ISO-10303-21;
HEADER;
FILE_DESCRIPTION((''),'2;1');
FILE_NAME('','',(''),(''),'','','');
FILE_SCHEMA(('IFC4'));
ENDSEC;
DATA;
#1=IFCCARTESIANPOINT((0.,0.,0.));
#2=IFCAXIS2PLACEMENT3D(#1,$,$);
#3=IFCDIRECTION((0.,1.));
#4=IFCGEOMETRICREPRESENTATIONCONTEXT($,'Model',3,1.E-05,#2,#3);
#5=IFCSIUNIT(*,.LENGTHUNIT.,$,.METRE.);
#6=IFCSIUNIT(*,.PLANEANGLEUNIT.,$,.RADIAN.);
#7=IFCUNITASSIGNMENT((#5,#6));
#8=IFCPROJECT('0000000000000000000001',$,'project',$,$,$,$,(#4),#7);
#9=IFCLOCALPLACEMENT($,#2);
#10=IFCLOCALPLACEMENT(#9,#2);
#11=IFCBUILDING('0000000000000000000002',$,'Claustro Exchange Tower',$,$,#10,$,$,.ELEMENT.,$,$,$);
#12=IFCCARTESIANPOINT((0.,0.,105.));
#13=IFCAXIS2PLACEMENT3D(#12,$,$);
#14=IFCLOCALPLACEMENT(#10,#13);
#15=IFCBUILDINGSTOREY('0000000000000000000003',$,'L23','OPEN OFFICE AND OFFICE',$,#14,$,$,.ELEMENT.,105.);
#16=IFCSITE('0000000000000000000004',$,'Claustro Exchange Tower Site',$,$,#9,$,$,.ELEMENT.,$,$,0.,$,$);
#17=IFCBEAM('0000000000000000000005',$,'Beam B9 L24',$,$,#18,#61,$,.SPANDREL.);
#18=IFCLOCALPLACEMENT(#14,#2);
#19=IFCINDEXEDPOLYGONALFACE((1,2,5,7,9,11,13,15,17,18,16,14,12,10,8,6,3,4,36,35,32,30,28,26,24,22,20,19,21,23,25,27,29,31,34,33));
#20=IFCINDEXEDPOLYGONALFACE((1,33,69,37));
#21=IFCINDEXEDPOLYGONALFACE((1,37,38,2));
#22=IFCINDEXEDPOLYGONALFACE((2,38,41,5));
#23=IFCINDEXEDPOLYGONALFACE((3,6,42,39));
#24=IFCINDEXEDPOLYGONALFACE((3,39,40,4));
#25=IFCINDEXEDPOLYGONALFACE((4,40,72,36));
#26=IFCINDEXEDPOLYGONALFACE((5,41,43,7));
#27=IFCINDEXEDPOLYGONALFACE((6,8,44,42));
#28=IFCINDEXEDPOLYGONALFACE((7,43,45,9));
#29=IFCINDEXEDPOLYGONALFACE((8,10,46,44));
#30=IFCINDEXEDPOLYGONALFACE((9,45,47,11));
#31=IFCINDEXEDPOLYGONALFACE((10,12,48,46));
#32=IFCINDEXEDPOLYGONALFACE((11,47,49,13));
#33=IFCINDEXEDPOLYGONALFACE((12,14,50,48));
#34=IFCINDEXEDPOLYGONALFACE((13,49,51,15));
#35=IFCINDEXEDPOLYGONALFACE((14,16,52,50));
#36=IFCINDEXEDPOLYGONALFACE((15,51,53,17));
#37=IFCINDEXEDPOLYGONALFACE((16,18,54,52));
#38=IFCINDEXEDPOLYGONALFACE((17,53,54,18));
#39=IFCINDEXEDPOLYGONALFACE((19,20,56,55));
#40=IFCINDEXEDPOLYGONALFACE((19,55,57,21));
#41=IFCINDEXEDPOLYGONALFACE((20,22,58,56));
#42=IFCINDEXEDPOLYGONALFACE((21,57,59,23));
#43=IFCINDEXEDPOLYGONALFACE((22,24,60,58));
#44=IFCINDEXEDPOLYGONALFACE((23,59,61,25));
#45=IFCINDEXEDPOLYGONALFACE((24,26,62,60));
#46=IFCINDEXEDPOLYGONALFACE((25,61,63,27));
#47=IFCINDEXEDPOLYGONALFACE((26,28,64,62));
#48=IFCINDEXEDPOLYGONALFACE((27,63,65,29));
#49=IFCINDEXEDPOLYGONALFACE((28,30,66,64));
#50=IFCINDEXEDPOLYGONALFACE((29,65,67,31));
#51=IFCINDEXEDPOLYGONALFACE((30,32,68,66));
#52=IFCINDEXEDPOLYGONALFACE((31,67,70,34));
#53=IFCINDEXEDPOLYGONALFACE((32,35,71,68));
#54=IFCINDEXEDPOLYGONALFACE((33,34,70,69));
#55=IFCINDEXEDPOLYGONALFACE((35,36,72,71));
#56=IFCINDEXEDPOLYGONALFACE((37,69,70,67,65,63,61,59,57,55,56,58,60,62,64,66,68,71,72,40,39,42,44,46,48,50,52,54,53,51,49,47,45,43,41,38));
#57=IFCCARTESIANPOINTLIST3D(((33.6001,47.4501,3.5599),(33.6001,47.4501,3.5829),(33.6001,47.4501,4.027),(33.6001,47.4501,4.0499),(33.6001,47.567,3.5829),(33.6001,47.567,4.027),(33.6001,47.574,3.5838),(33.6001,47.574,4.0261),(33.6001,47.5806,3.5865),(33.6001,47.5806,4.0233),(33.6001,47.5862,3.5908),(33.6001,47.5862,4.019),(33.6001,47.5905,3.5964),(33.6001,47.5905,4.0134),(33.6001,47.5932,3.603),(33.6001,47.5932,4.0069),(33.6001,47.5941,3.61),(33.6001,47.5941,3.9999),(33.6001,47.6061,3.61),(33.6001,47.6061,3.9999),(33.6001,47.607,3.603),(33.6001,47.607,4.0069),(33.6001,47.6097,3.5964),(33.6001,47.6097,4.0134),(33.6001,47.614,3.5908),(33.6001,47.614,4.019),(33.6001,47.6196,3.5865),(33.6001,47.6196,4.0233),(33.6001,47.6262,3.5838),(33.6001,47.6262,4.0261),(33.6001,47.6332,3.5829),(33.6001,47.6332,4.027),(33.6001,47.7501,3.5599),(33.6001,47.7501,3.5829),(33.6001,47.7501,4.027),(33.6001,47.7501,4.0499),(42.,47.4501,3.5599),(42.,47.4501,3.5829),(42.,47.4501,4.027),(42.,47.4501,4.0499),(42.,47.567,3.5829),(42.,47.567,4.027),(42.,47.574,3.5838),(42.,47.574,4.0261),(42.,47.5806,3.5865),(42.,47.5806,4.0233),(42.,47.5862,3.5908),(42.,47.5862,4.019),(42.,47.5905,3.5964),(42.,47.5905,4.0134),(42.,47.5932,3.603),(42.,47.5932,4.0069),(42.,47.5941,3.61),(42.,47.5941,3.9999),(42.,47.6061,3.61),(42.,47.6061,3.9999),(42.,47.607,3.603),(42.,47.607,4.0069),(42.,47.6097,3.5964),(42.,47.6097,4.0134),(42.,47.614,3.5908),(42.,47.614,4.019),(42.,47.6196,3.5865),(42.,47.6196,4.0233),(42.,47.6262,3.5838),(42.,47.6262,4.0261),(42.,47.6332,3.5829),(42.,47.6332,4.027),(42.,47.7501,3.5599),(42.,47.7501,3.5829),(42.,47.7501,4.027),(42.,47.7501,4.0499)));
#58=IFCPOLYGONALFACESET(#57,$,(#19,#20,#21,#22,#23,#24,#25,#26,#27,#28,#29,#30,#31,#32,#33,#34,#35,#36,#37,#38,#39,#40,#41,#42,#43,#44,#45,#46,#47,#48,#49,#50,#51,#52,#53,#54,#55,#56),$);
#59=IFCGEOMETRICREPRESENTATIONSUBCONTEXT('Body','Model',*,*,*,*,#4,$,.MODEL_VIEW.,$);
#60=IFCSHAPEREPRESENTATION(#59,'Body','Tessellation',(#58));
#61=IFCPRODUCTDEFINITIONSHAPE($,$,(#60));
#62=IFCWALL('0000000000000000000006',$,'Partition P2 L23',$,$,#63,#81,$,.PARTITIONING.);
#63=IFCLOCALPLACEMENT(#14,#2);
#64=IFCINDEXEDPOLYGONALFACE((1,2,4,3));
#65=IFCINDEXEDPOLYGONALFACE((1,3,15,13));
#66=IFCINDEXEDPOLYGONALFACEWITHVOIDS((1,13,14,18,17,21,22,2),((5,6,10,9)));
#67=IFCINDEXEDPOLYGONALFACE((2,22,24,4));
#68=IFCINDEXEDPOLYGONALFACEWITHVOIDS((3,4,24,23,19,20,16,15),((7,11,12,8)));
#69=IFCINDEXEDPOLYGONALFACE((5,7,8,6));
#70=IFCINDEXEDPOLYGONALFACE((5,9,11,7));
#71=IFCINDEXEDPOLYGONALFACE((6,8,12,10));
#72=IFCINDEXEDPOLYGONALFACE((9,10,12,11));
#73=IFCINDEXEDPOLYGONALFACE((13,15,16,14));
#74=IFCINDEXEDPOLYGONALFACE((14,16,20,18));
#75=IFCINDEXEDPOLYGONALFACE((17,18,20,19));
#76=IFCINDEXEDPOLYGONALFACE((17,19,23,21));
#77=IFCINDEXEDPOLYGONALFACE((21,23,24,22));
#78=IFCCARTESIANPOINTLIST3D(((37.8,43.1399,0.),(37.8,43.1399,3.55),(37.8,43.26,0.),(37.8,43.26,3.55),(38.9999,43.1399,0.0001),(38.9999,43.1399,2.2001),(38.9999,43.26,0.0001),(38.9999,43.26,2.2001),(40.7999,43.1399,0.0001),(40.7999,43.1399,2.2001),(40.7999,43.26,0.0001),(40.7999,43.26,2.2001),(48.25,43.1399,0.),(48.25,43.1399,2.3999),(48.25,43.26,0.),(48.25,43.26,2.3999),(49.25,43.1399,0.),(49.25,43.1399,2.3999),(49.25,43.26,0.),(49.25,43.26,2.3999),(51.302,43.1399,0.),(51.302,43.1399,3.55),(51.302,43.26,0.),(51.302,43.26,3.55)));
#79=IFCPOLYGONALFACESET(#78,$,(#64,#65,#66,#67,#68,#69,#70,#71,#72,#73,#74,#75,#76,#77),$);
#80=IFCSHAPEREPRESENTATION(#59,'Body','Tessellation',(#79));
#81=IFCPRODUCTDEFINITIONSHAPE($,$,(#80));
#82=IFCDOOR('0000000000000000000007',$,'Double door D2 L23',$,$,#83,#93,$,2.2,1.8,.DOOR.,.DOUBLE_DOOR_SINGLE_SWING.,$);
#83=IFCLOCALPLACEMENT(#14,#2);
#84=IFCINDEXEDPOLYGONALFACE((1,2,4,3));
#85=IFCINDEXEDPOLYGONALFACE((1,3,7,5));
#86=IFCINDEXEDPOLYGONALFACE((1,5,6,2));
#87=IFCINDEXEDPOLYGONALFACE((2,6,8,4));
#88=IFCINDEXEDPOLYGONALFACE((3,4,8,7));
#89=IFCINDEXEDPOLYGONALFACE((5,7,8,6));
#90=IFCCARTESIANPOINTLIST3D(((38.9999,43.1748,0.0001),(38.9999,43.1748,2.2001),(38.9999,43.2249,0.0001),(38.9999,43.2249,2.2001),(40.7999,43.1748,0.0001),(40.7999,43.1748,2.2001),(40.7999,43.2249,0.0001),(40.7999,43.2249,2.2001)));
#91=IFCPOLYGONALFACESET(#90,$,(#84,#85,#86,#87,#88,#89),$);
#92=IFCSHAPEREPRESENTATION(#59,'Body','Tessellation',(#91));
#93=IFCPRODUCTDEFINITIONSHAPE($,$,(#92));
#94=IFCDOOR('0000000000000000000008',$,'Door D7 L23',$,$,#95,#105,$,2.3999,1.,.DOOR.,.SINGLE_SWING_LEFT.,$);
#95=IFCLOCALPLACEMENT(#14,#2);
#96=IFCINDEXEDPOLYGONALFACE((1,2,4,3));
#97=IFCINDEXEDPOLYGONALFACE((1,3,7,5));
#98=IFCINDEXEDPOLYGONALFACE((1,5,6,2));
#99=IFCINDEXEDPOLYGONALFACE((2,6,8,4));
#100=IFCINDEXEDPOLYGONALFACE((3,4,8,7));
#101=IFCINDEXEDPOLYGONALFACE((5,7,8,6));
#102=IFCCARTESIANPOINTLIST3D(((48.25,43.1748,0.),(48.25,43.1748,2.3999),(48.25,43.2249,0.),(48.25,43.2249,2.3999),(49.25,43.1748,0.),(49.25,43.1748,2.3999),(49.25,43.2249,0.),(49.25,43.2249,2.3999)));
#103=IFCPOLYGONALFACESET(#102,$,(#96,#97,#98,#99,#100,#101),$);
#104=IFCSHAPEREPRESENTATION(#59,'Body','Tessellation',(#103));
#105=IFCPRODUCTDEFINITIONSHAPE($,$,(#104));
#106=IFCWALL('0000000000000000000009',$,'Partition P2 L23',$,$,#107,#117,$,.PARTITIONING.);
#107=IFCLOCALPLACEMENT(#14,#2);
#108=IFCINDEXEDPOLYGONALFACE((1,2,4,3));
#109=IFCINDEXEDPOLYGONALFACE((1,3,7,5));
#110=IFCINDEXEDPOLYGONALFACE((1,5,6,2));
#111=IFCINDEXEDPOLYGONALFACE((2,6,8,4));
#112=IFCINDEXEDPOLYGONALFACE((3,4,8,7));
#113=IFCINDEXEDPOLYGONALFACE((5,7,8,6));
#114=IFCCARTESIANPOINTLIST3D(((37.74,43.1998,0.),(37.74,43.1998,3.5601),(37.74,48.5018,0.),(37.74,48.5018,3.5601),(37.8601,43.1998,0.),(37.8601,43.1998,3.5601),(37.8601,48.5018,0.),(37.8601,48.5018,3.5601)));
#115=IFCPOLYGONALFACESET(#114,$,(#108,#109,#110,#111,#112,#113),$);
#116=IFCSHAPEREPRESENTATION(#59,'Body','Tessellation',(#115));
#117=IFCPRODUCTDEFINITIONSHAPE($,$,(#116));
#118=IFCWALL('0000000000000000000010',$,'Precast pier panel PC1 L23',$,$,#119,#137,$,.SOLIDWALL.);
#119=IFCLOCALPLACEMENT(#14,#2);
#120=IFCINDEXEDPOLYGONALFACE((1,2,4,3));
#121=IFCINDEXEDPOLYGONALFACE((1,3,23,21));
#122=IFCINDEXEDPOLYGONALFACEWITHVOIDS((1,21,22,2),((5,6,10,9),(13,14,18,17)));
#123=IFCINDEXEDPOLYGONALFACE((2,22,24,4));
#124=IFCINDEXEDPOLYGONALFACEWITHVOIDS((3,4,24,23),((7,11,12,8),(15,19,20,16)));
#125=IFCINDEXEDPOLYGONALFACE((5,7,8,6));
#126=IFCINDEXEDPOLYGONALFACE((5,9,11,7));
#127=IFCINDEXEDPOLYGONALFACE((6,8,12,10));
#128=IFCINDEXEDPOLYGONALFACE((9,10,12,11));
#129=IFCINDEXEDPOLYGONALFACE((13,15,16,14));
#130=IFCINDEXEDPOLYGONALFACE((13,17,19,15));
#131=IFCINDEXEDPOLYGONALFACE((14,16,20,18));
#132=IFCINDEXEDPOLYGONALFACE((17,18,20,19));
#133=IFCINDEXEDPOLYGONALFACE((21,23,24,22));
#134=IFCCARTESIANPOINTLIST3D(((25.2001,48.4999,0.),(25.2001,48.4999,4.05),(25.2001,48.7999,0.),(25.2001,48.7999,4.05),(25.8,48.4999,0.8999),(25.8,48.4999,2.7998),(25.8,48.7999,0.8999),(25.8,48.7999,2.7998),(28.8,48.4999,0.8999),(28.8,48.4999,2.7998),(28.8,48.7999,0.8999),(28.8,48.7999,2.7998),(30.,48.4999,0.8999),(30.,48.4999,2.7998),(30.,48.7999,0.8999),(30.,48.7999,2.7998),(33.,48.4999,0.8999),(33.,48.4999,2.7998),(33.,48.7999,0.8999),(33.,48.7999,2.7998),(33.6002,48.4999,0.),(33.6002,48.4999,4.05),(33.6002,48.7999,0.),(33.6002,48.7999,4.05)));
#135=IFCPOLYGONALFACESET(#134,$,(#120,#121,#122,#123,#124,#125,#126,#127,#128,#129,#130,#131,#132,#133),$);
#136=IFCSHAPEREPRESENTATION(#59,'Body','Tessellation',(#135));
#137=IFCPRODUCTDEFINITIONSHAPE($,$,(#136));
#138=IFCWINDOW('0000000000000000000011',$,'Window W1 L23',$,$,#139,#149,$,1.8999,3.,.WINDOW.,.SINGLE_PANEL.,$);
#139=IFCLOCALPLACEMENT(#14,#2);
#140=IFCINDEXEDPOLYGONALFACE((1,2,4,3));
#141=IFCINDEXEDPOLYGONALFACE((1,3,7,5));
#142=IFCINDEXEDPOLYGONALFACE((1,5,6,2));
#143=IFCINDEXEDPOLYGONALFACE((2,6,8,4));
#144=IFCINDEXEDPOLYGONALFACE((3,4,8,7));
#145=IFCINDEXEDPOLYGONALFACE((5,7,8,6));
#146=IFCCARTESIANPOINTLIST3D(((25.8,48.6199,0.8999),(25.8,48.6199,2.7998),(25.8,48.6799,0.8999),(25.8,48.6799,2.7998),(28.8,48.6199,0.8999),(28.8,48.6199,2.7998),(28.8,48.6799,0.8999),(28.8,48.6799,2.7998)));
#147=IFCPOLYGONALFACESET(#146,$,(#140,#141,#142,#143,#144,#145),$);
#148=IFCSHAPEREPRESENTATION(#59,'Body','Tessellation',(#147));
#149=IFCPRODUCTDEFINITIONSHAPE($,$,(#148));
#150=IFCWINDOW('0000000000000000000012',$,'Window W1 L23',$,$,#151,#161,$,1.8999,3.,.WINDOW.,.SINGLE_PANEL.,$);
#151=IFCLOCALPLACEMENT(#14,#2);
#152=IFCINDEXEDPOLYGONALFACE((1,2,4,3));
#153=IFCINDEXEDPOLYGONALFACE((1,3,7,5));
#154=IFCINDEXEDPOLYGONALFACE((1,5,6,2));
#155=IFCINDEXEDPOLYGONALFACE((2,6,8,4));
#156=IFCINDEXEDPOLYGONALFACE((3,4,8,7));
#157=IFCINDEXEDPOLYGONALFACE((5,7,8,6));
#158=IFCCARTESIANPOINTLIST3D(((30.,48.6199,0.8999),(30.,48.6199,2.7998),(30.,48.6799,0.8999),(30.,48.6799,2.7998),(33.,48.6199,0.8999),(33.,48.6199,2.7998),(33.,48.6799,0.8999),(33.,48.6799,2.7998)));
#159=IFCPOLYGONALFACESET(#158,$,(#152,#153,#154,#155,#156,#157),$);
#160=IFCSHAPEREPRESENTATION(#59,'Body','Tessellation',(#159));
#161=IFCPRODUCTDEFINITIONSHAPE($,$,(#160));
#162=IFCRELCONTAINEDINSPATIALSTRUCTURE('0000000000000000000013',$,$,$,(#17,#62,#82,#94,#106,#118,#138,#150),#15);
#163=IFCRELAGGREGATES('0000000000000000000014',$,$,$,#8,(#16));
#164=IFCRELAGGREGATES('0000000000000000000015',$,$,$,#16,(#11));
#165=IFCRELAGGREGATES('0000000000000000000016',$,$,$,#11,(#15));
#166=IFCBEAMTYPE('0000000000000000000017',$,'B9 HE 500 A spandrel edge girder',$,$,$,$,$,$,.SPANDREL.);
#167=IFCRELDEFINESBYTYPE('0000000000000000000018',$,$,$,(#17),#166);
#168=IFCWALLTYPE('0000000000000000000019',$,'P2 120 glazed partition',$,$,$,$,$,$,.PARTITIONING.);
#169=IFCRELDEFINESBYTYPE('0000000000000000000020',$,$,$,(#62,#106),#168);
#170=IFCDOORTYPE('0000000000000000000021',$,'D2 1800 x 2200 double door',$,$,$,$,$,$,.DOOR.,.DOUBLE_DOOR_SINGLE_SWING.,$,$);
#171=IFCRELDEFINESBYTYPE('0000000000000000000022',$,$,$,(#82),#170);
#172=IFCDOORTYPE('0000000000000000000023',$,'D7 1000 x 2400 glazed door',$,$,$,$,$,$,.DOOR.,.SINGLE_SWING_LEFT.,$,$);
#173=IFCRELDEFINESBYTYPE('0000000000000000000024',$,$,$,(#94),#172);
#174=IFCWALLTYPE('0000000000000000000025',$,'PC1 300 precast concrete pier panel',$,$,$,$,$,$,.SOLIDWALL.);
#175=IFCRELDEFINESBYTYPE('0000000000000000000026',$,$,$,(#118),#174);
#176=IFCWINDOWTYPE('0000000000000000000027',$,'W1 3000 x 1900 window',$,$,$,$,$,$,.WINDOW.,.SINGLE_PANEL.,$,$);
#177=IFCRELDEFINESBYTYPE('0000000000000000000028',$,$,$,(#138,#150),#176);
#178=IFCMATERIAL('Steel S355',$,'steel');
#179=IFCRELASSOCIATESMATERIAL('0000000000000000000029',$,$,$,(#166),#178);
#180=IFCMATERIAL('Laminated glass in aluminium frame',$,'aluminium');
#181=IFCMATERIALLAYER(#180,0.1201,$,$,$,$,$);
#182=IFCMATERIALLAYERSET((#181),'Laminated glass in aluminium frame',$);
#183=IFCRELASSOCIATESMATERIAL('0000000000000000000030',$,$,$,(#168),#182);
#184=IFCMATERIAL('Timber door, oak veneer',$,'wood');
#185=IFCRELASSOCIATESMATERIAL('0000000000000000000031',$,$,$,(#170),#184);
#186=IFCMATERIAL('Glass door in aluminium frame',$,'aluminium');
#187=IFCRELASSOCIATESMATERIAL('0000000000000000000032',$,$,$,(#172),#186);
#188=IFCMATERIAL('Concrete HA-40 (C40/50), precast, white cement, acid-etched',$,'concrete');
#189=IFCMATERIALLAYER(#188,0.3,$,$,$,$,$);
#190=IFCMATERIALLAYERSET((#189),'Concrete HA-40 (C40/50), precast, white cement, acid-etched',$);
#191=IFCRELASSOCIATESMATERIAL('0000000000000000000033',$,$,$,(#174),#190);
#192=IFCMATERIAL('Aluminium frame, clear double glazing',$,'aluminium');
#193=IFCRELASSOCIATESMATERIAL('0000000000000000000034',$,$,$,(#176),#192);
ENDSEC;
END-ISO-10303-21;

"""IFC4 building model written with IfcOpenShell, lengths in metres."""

from ifc_helpers import new_model, si_unit, direction, frame, frame_2d, origin, origin_2d, place, context, subcontext, project, spatial, rectangle, i_section, extrude, material, layer, layer_set, material_profile, profile_set, type_object, element, fill, save


model = new_model("IFC4")

# Units and contexts
model_context = context("Model", 3, precision=1e-05, world=origin(), true_north=direction((0.0, 1.0)))
body_context = subcontext(model_context, "Body", "Model", "MODEL_VIEW")
ifc_project = project(units=[si_unit("LENGTHUNIT", "METRE"), si_unit("PLANEANGLEUNIT", "RADIAN")], contexts=[model_context])

# Site, building, storey
site_placement = place(None, origin())
site = spatial("IfcSite", under=ifc_project, at=site_placement, Name="Claustro Exchange Tower Site", CompositionType="ELEMENT", RefElevation=0.0)
building_placement = place(site_placement, origin())
building = spatial("IfcBuilding", under=site, at=building_placement, Name="Claustro Exchange Tower", CompositionType="ELEMENT")
storey_placement = place(building_placement, frame((0.0, 0.0, 105.0)))
storey = spatial("IfcBuildingStorey", under=building, at=storey_placement, Name="L23", Description="OPEN OFFICE AND OFFICE", CompositionType="ELEMENT", Elevation=105.0)

# Beam
ifc_material_1 = material(Name="Steel S355", Category="steel")
ifc_material_profile_1 = material_profile(ifc_material_1, i_section(OverallWidth=0.3, OverallDepth=0.49, WebThickness=0.012, FlangeThickness=0.0229, FilletRadius=0.0271, at=origin_2d()), Name="HE 500 A")
ifc_profile_set_1 = profile_set([ifc_material_profile_1], Name="Steel S355")
beam_type_1 = type_object("IfcBeamType", Name="B9 HE 500 A spandrel edge girder", PredefinedType="SPANDREL", material=ifc_profile_set_1)
beam_1_placement = place(storey_placement, frame((33.6001, 47.6001, 3.8049), z_axis=(1.0, 0.0, 0.0), x_axis=(0.0, 1.0, 0.0)))
element("IfcBeam", 1, at=beam_1_placement, inside=storey, type_object=beam_type_1, Name="Beam B9 L24", PredefinedType="SPANDREL", context=body_context, shape_type="SweptSolid", body=[
    extrude(i_section(OverallWidth=0.3, OverallDepth=0.49, WebThickness=0.012, FlangeThickness=0.0229, FilletRadius=0.0271, at=origin_2d()), origin(), (0.0, 0.0, 1.0), 8.3999),
])

# Wall, openings, doors
ifc_material_2 = material(Name="Laminated glass in aluminium frame", Category="aluminium")
ifc_layer_1 = layer(ifc_material_2, 0.1201)
ifc_layer_set_1 = layer_set([ifc_layer_1], Name="Laminated glass in aluminium frame")
wall_type_1 = type_object("IfcWallType", Name="P2 120 glazed partition", PredefinedType="PARTITIONING", material=ifc_layer_set_1)
wall_1_placement = place(storey_placement, frame((37.8, 43.2, 0.0), z_axis=(0.0, 0.0, 1.0), x_axis=(1.0, 0.0, 0.0)))
wall_1 = element("IfcWall", 2, at=wall_1_placement, inside=storey, type_object=wall_type_1, Name="Partition P2 L23", PredefinedType="PARTITIONING", context=body_context, shape_type="SweptSolid", body=[
    extrude(rectangle(XDim=13.502, YDim=0.1201, at=frame_2d((6.751, 0.0))), origin(), (0.0, 0.0, 1.0), 3.55),
])
opening_1_placement = place(wall_1_placement, frame((1.2, 0.0, 0.0)))
opening_1 = element("IfcOpeningElement", 3, at=opening_1_placement, cuts=wall_1, PredefinedType="OPENING", context=body_context, shape_type="SweptSolid", body=[
    extrude(rectangle(XDim=1.8, YDim=2.2, at=frame_2d((0.8999, 1.1001))), frame((0.0, 0.0701, 0.0), z_axis=(0.0, -1.0, 0.0), x_axis=(1.0, 0.0, 0.0)), (0.0, 0.0, 1.0), 0.1401),
])
opening_2_placement = place(wall_1_placement, frame((10.45, 0.0, 0.0)))
opening_2 = element("IfcOpeningElement", 4, at=opening_2_placement, cuts=wall_1, PredefinedType="OPENING", context=body_context, shape_type="SweptSolid", body=[
    extrude(rectangle(XDim=1.0, YDim=2.3999, at=frame_2d((0.5, 1.2))), frame((0.0, 0.0701, 0.0), z_axis=(0.0, -1.0, 0.0), x_axis=(1.0, 0.0, 0.0)), (0.0, 0.0, 1.0), 0.1401),
])
ifc_material_3 = material(Name="Timber door, oak veneer", Category="wood")
door_type_1 = type_object("IfcDoorType", Name="D2 1800 x 2200 double door", OperationType="DOUBLE_DOOR_SINGLE_SWING", PredefinedType="DOOR", material=ifc_material_3)
door_1_placement = place(opening_1_placement, origin())
door_1 = element("IfcDoor", 5, at=door_1_placement, inside=storey, type_object=door_type_1, Name="Double door D2 L23", OperationType="DOUBLE_DOOR_SINGLE_SWING", OverallHeight=2.2, OverallWidth=1.8, PredefinedType="DOOR", context=body_context, shape_type="SweptSolid", body=[
    extrude(rectangle(XDim=1.8, YDim=2.2, at=frame_2d((0.8999, 1.1001))), frame((0.0, 0.0249, 0.0), z_axis=(0.0, -1.0, 0.0), x_axis=(1.0, 0.0, 0.0)), (0.0, 0.0, 1.0), 0.05),
])
fill(opening_1, door_1)
ifc_material_4 = material(Name="Glass door in aluminium frame", Category="aluminium")
door_type_2 = type_object("IfcDoorType", Name="D7 1000 x 2400 glazed door", OperationType="SINGLE_SWING_LEFT", PredefinedType="DOOR", material=ifc_material_4)
door_2_placement = place(opening_2_placement, origin())
door_2 = element("IfcDoor", 6, at=door_2_placement, inside=storey, type_object=door_type_2, Name="Door D7 L23", OperationType="SINGLE_SWING_LEFT", OverallHeight=2.3999, OverallWidth=1.0, PredefinedType="DOOR", context=body_context, shape_type="SweptSolid", body=[
    extrude(rectangle(XDim=1.0, YDim=2.3999, at=frame_2d((0.5, 1.2))), frame((0.0, 0.0249, 0.0), z_axis=(0.0, -1.0, 0.0), x_axis=(1.0, 0.0, 0.0)), (0.0, 0.0, 1.0), 0.05),
])
fill(opening_2, door_2)

# Wall
wall_2_placement = place(storey_placement, frame((37.8, 43.2, 0.0), z_axis=(0.0, 0.0, 1.0), x_axis=(0.0, 1.0, 0.0)))
element("IfcWall", 7, at=wall_2_placement, inside=storey, type_object=wall_type_1, Name="Partition P2 L23", PredefinedType="PARTITIONING", context=body_context, shape_type="SweptSolid", body=[
    extrude(rectangle(XDim=5.302, YDim=0.1201, at=frame_2d((2.6509, 0.0))), origin(), (0.0, 0.0, 1.0), 3.5601),
])

# Wall, openings, windows
ifc_material_5 = material(Name="Concrete HA-40 (C40/50), precast, white cement, acid-etched", Category="concrete")
ifc_layer_2 = layer(ifc_material_5, 0.3)
ifc_layer_set_2 = layer_set([ifc_layer_2], Name="Concrete HA-40 (C40/50), precast, white cement, acid-etched")
wall_type_2 = type_object("IfcWallType", Name="PC1 300 precast concrete pier panel", PredefinedType="SOLIDWALL", material=ifc_layer_set_2)
wall_3_placement = place(storey_placement, frame((25.2, 48.6499, 0.0), z_axis=(0.0, 0.0, 1.0), x_axis=(1.0, 0.0, 0.0)))
wall_3 = element("IfcWall", 8, at=wall_3_placement, inside=storey, type_object=wall_type_2, Name="Precast pier panel PC1 L23", PredefinedType="SOLIDWALL", context=body_context, shape_type="SweptSolid", body=[
    extrude(rectangle(XDim=8.4001, YDim=0.3, at=frame_2d((4.2002, 0.0))), origin(), (0.0, 0.0, 1.0), 4.05),
])
opening_3_placement = place(wall_3_placement, frame((0.6001, 0.0, 0.8999)))
opening_3 = element("IfcOpeningElement", 9, at=opening_3_placement, cuts=wall_3, PredefinedType="OPENING", context=body_context, shape_type="SweptSolid", body=[
    extrude(rectangle(XDim=3.0, YDim=1.8999, at=frame_2d((1.5, 0.95))), frame((0.0, 0.1599, 0.0), z_axis=(0.0, -1.0, 0.0), x_axis=(1.0, 0.0, 0.0)), (0.0, 0.0, 1.0), 0.3201),
])
opening_4_placement = place(wall_3_placement, frame((4.8, 0.0, 0.8999)))
opening_4 = element("IfcOpeningElement", 10, at=opening_4_placement, cuts=wall_3, PredefinedType="OPENING", context=body_context, shape_type="SweptSolid", body=[
    extrude(rectangle(XDim=3.0, YDim=1.8999, at=frame_2d((1.5, 0.95))), frame((0.0, 0.1599, 0.0), z_axis=(0.0, -1.0, 0.0), x_axis=(1.0, 0.0, 0.0)), (0.0, 0.0, 1.0), 0.3201),
])
ifc_material_6 = material(Name="Aluminium frame, clear double glazing", Category="aluminium")
window_type = type_object("IfcWindowType", Name="W1 3000 x 1900 window", PartitioningType="SINGLE_PANEL", PredefinedType="WINDOW", material=ifc_material_6)
window_1_placement = place(opening_3_placement, origin())
window_1 = element("IfcWindow", 11, at=window_1_placement, inside=storey, type_object=window_type, Name="Window W1 L23", OverallHeight=1.8999, OverallWidth=3.0, PartitioningType="SINGLE_PANEL", PredefinedType="WINDOW", context=body_context, shape_type="SweptSolid", body=[
    extrude(rectangle(XDim=3.0, YDim=1.8999, at=frame_2d((1.5, 0.95))), frame((0.0, 0.03, 0.0), z_axis=(0.0, -1.0, 0.0), x_axis=(1.0, 0.0, 0.0)), (0.0, 0.0, 1.0), 0.0601),
])
fill(opening_3, window_1)
window_2_placement = place(opening_4_placement, origin())
window_2 = element("IfcWindow", 12, at=window_2_placement, inside=storey, type_object=window_type, Name="Window W1 L23", OverallHeight=1.8999, OverallWidth=3.0, PartitioningType="SINGLE_PANEL", PredefinedType="WINDOW", context=body_context, shape_type="SweptSolid", body=[
    extrude(rectangle(XDim=3.0, YDim=1.8999, at=frame_2d((1.5, 0.95))), frame((0.0, 0.03, 0.0), z_axis=(0.0, -1.0, 0.0), x_axis=(1.0, 0.0, 0.0)), (0.0, 0.0, 1.0), 0.0601),
])
fill(opening_4, window_2)

save(model, "model.ifc")
